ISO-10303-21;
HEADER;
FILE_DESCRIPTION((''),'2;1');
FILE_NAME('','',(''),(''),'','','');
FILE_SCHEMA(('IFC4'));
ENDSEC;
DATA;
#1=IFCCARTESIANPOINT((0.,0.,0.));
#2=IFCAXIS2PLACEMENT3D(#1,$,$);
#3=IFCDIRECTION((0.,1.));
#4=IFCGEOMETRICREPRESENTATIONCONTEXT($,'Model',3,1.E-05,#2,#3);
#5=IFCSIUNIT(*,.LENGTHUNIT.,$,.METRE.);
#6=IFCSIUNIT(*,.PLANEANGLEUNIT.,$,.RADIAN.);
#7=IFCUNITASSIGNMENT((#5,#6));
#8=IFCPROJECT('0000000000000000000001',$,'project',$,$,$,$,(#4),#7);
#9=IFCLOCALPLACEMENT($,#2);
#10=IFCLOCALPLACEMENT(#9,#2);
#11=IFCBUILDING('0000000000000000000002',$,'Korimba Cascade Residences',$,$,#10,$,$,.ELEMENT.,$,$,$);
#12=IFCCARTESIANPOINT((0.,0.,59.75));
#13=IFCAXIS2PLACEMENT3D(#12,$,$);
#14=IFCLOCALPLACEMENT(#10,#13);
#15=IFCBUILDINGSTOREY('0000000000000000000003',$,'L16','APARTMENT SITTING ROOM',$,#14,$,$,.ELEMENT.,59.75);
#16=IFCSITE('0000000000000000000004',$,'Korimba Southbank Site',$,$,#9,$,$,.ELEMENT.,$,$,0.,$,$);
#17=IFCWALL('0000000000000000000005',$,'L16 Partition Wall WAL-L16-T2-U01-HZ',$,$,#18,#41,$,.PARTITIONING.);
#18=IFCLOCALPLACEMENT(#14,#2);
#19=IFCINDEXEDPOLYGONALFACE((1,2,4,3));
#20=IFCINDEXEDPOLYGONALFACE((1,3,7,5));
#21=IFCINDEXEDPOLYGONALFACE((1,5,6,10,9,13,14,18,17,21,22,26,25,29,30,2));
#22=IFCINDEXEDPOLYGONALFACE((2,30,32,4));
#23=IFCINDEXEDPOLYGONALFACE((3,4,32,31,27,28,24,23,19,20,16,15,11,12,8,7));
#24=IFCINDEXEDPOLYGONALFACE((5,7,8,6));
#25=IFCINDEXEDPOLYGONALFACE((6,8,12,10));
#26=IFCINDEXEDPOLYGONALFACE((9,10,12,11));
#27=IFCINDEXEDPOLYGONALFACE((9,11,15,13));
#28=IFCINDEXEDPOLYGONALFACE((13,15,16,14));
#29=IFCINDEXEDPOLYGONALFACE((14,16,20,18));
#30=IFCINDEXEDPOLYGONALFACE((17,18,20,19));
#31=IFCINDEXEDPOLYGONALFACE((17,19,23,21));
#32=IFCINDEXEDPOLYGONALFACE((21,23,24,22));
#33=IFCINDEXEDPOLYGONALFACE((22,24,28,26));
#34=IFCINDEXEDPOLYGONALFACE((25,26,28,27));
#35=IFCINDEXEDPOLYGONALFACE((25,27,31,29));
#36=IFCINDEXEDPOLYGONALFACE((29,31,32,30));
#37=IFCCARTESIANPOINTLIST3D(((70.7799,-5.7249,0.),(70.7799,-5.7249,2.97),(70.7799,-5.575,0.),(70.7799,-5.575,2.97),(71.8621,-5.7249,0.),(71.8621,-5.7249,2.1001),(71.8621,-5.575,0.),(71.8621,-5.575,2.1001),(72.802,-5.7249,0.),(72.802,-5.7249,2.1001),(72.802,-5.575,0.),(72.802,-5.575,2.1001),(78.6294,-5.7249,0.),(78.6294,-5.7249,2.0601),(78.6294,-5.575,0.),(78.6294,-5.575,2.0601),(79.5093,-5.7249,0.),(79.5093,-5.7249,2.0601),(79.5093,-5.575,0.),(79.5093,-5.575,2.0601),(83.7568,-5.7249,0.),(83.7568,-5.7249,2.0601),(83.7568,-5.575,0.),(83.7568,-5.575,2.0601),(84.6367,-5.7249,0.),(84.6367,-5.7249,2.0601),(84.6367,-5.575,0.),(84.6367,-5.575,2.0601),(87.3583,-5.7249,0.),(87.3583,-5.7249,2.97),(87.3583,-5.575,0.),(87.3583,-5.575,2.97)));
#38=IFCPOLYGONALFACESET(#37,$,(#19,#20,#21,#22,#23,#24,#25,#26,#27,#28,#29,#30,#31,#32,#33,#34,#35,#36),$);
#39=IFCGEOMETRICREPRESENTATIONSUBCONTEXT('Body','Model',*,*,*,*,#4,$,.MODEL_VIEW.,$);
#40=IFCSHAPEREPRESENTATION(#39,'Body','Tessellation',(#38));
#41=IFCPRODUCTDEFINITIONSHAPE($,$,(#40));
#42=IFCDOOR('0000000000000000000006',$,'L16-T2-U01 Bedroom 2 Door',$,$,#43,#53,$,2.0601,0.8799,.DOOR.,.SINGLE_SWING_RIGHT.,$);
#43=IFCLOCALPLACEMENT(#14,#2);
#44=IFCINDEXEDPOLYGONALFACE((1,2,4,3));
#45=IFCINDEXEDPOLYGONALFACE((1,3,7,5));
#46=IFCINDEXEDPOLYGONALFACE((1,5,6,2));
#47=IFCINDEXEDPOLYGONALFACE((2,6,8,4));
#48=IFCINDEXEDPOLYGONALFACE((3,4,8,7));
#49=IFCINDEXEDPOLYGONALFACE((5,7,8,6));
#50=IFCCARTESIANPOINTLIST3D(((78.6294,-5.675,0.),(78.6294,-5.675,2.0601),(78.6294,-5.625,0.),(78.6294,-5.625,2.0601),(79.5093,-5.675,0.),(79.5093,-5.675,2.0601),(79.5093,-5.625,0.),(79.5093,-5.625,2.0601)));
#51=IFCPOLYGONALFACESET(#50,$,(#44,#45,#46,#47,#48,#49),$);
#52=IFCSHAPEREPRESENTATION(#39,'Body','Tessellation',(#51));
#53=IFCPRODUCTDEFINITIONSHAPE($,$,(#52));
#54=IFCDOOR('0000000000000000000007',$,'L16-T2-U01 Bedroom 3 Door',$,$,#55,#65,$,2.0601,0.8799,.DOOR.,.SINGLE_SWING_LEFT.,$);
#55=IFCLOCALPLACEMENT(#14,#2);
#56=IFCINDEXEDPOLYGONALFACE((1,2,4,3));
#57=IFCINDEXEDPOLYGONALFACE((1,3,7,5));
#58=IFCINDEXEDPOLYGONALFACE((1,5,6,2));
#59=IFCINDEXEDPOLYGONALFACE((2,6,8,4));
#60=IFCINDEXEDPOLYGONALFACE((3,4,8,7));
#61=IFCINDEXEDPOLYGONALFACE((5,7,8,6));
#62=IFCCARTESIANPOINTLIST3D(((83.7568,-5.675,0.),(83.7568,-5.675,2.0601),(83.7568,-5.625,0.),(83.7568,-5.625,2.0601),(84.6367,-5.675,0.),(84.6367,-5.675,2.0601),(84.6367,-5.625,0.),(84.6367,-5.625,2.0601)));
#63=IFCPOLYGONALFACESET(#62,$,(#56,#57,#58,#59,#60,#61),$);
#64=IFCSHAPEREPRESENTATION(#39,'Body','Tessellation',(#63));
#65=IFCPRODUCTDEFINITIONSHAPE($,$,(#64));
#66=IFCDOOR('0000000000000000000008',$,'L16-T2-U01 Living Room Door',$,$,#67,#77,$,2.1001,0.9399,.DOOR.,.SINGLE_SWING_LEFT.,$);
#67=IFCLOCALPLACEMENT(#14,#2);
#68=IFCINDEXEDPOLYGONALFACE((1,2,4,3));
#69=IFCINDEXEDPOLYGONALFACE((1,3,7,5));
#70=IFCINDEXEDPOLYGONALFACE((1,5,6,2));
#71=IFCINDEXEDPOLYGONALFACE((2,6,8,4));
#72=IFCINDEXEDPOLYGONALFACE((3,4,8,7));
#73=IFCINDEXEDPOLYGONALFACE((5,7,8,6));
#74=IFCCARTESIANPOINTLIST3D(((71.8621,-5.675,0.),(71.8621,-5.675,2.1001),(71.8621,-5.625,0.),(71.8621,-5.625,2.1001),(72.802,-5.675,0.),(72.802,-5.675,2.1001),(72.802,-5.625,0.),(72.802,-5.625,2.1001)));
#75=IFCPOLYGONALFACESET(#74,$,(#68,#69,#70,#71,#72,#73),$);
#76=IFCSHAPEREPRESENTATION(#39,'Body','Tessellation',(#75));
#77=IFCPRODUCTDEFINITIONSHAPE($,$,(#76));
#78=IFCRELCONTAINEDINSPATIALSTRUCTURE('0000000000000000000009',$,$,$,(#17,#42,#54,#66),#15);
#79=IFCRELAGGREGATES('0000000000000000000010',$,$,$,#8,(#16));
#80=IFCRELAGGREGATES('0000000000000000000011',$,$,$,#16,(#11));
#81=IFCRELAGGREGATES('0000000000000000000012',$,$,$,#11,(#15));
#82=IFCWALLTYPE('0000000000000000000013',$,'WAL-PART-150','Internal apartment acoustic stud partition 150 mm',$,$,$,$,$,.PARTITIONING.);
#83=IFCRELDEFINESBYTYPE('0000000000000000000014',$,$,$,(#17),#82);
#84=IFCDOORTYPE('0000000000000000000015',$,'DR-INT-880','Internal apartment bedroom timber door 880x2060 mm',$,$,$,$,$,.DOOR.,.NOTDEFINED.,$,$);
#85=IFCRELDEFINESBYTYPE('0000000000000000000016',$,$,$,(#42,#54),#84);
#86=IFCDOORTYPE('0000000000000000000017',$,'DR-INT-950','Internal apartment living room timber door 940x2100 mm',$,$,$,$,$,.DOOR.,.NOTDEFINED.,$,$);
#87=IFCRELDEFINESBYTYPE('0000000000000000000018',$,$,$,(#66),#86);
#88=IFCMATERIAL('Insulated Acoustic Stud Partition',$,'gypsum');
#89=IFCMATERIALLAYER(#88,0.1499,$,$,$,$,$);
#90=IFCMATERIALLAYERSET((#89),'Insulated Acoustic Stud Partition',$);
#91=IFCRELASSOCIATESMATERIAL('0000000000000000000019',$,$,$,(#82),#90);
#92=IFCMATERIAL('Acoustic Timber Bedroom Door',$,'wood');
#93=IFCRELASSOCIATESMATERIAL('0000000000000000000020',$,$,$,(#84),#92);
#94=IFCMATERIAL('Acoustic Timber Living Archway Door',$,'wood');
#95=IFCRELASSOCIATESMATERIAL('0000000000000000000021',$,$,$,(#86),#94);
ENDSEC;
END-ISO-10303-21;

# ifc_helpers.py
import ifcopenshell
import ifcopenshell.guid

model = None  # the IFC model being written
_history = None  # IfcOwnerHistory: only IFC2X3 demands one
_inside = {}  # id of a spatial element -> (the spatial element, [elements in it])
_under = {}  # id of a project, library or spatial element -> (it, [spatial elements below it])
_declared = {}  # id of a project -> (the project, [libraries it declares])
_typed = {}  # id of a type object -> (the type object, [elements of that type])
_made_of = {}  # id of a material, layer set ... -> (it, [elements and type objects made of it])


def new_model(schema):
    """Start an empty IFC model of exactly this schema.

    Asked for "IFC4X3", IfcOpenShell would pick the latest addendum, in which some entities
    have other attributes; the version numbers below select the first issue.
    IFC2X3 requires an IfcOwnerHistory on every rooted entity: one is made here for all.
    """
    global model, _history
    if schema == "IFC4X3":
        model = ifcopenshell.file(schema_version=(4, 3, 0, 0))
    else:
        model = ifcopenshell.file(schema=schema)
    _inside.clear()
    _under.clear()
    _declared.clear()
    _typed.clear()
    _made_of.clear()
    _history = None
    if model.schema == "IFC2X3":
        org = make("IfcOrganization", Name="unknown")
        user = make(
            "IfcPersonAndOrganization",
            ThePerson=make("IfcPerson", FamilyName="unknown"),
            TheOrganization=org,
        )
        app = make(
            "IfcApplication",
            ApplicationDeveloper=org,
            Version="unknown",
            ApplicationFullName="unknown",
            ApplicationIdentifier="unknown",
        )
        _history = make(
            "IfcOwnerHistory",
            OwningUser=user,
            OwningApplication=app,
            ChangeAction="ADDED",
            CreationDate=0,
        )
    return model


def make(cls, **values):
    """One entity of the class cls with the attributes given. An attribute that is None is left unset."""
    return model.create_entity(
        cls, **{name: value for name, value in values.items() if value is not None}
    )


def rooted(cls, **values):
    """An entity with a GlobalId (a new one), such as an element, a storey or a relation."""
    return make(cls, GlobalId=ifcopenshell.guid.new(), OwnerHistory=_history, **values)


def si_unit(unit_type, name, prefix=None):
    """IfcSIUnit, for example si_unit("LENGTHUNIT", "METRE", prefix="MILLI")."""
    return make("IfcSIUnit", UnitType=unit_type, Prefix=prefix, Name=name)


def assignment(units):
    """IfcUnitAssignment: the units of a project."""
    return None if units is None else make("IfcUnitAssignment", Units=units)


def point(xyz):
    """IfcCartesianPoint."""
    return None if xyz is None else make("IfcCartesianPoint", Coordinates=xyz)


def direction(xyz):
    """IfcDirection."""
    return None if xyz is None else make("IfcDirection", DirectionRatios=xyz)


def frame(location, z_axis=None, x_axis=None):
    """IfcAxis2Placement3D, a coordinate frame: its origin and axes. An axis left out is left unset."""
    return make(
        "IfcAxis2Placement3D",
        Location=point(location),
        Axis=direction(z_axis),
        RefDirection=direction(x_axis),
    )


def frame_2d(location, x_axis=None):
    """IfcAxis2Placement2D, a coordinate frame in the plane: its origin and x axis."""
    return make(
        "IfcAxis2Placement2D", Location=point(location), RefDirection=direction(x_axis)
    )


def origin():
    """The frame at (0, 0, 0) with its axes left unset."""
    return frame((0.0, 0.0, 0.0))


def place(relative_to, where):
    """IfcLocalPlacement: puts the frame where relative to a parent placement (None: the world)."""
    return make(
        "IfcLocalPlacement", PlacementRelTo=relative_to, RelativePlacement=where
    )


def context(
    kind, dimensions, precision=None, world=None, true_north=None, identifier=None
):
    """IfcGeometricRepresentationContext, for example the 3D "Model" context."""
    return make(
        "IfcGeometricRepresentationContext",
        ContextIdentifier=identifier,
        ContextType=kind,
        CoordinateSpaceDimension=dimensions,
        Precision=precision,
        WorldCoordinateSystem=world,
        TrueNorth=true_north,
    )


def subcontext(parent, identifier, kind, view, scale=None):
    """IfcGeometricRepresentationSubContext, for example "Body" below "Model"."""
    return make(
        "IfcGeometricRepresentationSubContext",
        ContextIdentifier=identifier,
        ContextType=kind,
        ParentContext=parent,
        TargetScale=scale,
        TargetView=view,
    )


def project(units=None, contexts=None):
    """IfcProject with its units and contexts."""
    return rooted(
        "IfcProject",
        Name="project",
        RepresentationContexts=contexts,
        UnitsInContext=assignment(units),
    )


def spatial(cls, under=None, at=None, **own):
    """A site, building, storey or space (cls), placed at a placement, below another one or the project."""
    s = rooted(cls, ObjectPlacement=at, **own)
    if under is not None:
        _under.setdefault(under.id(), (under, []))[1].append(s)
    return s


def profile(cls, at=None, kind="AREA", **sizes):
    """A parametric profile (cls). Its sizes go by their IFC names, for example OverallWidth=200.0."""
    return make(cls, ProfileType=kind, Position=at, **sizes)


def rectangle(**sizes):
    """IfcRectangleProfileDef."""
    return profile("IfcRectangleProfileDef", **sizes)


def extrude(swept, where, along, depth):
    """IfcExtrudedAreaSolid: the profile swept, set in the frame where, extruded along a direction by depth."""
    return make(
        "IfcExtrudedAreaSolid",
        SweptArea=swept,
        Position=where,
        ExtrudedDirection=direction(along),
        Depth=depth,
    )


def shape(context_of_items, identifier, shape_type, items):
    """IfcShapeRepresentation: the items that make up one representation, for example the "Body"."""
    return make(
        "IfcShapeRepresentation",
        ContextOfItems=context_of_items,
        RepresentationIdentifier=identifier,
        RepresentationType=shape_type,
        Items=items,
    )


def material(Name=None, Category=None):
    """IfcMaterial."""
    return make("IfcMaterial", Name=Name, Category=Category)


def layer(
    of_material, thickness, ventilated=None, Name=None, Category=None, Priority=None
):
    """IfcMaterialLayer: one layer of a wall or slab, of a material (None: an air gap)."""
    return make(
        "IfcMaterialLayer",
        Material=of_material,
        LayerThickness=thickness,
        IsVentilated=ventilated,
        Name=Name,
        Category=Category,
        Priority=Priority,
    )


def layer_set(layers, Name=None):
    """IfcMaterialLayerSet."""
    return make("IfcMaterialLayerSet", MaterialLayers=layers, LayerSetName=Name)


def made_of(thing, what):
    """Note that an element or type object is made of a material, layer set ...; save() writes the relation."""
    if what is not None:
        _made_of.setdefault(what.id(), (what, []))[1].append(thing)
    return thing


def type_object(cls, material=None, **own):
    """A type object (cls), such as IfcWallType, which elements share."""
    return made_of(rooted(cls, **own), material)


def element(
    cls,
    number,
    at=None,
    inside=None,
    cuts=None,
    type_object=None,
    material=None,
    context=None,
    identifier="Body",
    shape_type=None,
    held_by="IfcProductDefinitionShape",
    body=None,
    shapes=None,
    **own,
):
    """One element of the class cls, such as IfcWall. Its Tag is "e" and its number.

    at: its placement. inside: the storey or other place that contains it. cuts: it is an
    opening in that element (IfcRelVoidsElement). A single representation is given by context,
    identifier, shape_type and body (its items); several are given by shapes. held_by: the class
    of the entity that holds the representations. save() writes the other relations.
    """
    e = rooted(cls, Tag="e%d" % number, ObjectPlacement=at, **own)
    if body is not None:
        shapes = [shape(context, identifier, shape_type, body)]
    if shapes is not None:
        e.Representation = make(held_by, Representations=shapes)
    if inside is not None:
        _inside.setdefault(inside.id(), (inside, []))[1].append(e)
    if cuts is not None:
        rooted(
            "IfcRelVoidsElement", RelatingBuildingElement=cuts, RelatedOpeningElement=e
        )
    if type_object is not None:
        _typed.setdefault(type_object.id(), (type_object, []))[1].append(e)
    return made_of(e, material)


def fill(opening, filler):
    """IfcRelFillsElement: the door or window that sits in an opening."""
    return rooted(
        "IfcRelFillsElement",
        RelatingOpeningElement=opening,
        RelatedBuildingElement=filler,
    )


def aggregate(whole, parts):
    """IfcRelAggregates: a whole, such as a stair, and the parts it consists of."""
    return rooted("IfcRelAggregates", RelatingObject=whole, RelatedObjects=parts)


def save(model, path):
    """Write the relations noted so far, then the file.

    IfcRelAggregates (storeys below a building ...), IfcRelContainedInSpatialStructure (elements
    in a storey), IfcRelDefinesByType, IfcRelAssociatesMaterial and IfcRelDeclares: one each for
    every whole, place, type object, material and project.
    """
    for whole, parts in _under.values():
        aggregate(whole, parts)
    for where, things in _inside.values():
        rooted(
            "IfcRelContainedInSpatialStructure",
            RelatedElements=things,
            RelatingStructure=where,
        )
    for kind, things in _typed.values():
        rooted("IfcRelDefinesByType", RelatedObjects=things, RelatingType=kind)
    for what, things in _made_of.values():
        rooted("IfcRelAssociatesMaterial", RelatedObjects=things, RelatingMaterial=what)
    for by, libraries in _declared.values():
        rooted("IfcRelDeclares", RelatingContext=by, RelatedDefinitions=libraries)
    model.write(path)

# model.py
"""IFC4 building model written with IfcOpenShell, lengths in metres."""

from ifc_helpers import new_model, si_unit, direction, frame, frame_2d, origin, place, context, subcontext, project, spatial, rectangle, extrude, material, layer, layer_set, type_object, element, fill, save


model = new_model("IFC4")

# Units and contexts
model_context = context("Model", 3, precision=1e-05, world=origin(), true_north=direction((0.0, 1.0)))
body_context = subcontext(model_context, "Body", "Model", "MODEL_VIEW")
ifc_project = project(units=[si_unit("LENGTHUNIT", "METRE"), si_unit("PLANEANGLEUNIT", "RADIAN")], contexts=[model_context])

# Site, building, storey
site_placement = place(None, origin())
site = spatial("IfcSite", under=ifc_project, at=site_placement, Name="Korimba Southbank Site", CompositionType="ELEMENT", RefElevation=0.0)
building_placement = place(site_placement, origin())
building = spatial("IfcBuilding", under=site, at=building_placement, Name="Korimba Cascade Residences", CompositionType="ELEMENT")
storey_placement = place(building_placement, frame((0.0, 0.0, 59.75)))
storey = spatial("IfcBuildingStorey", under=building, at=storey_placement, Name="L16", Description="APARTMENT SITTING ROOM", CompositionType="ELEMENT", Elevation=59.75)

# Wall, openings, doors
ifc_material_1 = material(Name="Insulated Acoustic Stud Partition", Category="gypsum")
ifc_layer_1 = layer(ifc_material_1, 0.1499)
ifc_layer_set_1 = layer_set([ifc_layer_1], Name="Insulated Acoustic Stud Partition")
wall_type_1 = type_object("IfcWallType", Name="WAL-PART-150", Description="Internal apartment acoustic stud partition 150 mm", PredefinedType="PARTITIONING", material=ifc_layer_set_1)
wall_1_placement = place(storey_placement, frame((70.78, -5.6499, 0.0), z_axis=(0.0, 0.0, 1.0), x_axis=(1.0, 0.0, 0.0)))
wall_1 = element("IfcWall", 1, at=wall_1_placement, inside=storey, type_object=wall_type_1, Name="L16 Partition Wall WAL-L16-T2-U01-HZ", PredefinedType="PARTITIONING", context=body_context, shape_type="SweptSolid", body=[
    extrude(rectangle(XDim=16.5784, YDim=0.1499, at=frame_2d((8.2891, 0.0))), origin(), (0.0, 0.0, 1.0), 2.97),
])
opening_1_placement = place(wall_1_placement, frame((1.082, 0.0, 0.0)))
opening_1 = element("IfcOpeningElement", 2, at=opening_1_placement, cuts=wall_1, PredefinedType="OPENING", context=body_context, shape_type="SweptSolid", body=[
    extrude(rectangle(XDim=0.9399, YDim=2.1001, at=frame_2d((0.47, 1.05))), frame((0.0, 0.085, 0.0), z_axis=(0.0, -1.0, 0.0), x_axis=(1.0, 0.0, 0.0)), (0.0, 0.0, 1.0), 0.1699),
])
opening_2_placement = place(wall_1_placement, frame((7.8494, 0.0, 0.0)))
opening_2 = element("IfcOpeningElement", 3, at=opening_2_placement, cuts=wall_1, PredefinedType="OPENING", context=body_context, shape_type="SweptSolid", body=[
    extrude(rectangle(XDim=0.8799, YDim=2.0601, at=frame_2d((0.4399, 1.03))), frame((0.0, 0.085, 0.0), z_axis=(0.0, -1.0, 0.0), x_axis=(1.0, 0.0, 0.0)), (0.0, 0.0, 1.0), 0.1699),
])
opening_3_placement = place(wall_1_placement, frame((12.9768, 0.0, 0.0)))
opening_3 = element("IfcOpeningElement", 4, at=opening_3_placement, cuts=wall_1, PredefinedType="OPENING", context=body_context, shape_type="SweptSolid", body=[
    extrude(rectangle(XDim=0.8799, YDim=2.0601, at=frame_2d((0.4399, 1.03))), frame((0.0, 0.085, 0.0), z_axis=(0.0, -1.0, 0.0), x_axis=(1.0, 0.0, 0.0)), (0.0, 0.0, 1.0), 0.1699),
])
ifc_material_2 = material(Name="Acoustic Timber Bedroom Door", Category="wood")
door_type_1 = type_object("IfcDoorType", Name="DR-INT-880", Description="Internal apartment bedroom timber door 880x2060 mm", OperationType="NOTDEFINED", PredefinedType="DOOR", material=ifc_material_2)
door_1_placement = place(opening_2_placement, origin())
door_1 = element("IfcDoor", 5, at=door_1_placement, inside=storey, type_object=door_type_1, Name="L16-T2-U01 Bedroom 2 Door", OperationType="SINGLE_SWING_RIGHT", OverallHeight=2.0601, OverallWidth=0.8799, PredefinedType="DOOR", context=body_context, shape_type="SweptSolid", body=[
    extrude(rectangle(XDim=0.8799, YDim=2.0601, at=frame_2d((0.4399, 1.03))), frame((0.0, 0.0249, 0.0), z_axis=(0.0, -1.0, 0.0), x_axis=(1.0, 0.0, 0.0)), (0.0, 0.0, 1.0), 0.05),
])
fill(opening_2, door_1)
door_2_placement = place(opening_3_placement, origin())
door_2 = element("IfcDoor", 6, at=door_2_placement, inside=storey, type_object=door_type_1, Name="L16-T2-U01 Bedroom 3 Door", OperationType="SINGLE_SWING_LEFT", OverallHeight=2.0601, OverallWidth=0.8799, PredefinedType="DOOR", context=body_context, shape_type="SweptSolid", body=[
    extrude(rectangle(XDim=0.8799, YDim=2.0601, at=frame_2d((0.4399, 1.03))), frame((0.0, 0.0249, 0.0), z_axis=(0.0, -1.0, 0.0), x_axis=(1.0, 0.0, 0.0)), (0.0, 0.0, 1.0), 0.05),
])
fill(opening_3, door_2)
ifc_material_3 = material(Name="Acoustic Timber Living Archway Door", Category="wood")
door_type_2 = type_object("IfcDoorType", Name="DR-INT-950", Description="Internal apartment living room timber door 940x2100 mm", OperationType="NOTDEFINED", PredefinedType="DOOR", material=ifc_material_3)
door_3_placement = place(opening_1_placement, origin())
door_3 = element("IfcDoor", 7, at=door_3_placement, inside=storey, type_object=door_type_2, Name="L16-T2-U01 Living Room Door", OperationType="SINGLE_SWING_LEFT", OverallHeight=2.1001, OverallWidth=0.9399, PredefinedType="DOOR", context=body_context, shape_type="SweptSolid", body=[
    extrude(rectangle(XDim=0.9399, YDim=2.1001, at=frame_2d((0.47, 1.05))), frame((0.0, 0.0249, 0.0), z_axis=(0.0, -1.0, 0.0), x_axis=(1.0, 0.0, 0.0)), (0.0, 0.0, 1.0), 0.05),
])
fill(opening_1, door_3)

save(model, "model.ifc")
